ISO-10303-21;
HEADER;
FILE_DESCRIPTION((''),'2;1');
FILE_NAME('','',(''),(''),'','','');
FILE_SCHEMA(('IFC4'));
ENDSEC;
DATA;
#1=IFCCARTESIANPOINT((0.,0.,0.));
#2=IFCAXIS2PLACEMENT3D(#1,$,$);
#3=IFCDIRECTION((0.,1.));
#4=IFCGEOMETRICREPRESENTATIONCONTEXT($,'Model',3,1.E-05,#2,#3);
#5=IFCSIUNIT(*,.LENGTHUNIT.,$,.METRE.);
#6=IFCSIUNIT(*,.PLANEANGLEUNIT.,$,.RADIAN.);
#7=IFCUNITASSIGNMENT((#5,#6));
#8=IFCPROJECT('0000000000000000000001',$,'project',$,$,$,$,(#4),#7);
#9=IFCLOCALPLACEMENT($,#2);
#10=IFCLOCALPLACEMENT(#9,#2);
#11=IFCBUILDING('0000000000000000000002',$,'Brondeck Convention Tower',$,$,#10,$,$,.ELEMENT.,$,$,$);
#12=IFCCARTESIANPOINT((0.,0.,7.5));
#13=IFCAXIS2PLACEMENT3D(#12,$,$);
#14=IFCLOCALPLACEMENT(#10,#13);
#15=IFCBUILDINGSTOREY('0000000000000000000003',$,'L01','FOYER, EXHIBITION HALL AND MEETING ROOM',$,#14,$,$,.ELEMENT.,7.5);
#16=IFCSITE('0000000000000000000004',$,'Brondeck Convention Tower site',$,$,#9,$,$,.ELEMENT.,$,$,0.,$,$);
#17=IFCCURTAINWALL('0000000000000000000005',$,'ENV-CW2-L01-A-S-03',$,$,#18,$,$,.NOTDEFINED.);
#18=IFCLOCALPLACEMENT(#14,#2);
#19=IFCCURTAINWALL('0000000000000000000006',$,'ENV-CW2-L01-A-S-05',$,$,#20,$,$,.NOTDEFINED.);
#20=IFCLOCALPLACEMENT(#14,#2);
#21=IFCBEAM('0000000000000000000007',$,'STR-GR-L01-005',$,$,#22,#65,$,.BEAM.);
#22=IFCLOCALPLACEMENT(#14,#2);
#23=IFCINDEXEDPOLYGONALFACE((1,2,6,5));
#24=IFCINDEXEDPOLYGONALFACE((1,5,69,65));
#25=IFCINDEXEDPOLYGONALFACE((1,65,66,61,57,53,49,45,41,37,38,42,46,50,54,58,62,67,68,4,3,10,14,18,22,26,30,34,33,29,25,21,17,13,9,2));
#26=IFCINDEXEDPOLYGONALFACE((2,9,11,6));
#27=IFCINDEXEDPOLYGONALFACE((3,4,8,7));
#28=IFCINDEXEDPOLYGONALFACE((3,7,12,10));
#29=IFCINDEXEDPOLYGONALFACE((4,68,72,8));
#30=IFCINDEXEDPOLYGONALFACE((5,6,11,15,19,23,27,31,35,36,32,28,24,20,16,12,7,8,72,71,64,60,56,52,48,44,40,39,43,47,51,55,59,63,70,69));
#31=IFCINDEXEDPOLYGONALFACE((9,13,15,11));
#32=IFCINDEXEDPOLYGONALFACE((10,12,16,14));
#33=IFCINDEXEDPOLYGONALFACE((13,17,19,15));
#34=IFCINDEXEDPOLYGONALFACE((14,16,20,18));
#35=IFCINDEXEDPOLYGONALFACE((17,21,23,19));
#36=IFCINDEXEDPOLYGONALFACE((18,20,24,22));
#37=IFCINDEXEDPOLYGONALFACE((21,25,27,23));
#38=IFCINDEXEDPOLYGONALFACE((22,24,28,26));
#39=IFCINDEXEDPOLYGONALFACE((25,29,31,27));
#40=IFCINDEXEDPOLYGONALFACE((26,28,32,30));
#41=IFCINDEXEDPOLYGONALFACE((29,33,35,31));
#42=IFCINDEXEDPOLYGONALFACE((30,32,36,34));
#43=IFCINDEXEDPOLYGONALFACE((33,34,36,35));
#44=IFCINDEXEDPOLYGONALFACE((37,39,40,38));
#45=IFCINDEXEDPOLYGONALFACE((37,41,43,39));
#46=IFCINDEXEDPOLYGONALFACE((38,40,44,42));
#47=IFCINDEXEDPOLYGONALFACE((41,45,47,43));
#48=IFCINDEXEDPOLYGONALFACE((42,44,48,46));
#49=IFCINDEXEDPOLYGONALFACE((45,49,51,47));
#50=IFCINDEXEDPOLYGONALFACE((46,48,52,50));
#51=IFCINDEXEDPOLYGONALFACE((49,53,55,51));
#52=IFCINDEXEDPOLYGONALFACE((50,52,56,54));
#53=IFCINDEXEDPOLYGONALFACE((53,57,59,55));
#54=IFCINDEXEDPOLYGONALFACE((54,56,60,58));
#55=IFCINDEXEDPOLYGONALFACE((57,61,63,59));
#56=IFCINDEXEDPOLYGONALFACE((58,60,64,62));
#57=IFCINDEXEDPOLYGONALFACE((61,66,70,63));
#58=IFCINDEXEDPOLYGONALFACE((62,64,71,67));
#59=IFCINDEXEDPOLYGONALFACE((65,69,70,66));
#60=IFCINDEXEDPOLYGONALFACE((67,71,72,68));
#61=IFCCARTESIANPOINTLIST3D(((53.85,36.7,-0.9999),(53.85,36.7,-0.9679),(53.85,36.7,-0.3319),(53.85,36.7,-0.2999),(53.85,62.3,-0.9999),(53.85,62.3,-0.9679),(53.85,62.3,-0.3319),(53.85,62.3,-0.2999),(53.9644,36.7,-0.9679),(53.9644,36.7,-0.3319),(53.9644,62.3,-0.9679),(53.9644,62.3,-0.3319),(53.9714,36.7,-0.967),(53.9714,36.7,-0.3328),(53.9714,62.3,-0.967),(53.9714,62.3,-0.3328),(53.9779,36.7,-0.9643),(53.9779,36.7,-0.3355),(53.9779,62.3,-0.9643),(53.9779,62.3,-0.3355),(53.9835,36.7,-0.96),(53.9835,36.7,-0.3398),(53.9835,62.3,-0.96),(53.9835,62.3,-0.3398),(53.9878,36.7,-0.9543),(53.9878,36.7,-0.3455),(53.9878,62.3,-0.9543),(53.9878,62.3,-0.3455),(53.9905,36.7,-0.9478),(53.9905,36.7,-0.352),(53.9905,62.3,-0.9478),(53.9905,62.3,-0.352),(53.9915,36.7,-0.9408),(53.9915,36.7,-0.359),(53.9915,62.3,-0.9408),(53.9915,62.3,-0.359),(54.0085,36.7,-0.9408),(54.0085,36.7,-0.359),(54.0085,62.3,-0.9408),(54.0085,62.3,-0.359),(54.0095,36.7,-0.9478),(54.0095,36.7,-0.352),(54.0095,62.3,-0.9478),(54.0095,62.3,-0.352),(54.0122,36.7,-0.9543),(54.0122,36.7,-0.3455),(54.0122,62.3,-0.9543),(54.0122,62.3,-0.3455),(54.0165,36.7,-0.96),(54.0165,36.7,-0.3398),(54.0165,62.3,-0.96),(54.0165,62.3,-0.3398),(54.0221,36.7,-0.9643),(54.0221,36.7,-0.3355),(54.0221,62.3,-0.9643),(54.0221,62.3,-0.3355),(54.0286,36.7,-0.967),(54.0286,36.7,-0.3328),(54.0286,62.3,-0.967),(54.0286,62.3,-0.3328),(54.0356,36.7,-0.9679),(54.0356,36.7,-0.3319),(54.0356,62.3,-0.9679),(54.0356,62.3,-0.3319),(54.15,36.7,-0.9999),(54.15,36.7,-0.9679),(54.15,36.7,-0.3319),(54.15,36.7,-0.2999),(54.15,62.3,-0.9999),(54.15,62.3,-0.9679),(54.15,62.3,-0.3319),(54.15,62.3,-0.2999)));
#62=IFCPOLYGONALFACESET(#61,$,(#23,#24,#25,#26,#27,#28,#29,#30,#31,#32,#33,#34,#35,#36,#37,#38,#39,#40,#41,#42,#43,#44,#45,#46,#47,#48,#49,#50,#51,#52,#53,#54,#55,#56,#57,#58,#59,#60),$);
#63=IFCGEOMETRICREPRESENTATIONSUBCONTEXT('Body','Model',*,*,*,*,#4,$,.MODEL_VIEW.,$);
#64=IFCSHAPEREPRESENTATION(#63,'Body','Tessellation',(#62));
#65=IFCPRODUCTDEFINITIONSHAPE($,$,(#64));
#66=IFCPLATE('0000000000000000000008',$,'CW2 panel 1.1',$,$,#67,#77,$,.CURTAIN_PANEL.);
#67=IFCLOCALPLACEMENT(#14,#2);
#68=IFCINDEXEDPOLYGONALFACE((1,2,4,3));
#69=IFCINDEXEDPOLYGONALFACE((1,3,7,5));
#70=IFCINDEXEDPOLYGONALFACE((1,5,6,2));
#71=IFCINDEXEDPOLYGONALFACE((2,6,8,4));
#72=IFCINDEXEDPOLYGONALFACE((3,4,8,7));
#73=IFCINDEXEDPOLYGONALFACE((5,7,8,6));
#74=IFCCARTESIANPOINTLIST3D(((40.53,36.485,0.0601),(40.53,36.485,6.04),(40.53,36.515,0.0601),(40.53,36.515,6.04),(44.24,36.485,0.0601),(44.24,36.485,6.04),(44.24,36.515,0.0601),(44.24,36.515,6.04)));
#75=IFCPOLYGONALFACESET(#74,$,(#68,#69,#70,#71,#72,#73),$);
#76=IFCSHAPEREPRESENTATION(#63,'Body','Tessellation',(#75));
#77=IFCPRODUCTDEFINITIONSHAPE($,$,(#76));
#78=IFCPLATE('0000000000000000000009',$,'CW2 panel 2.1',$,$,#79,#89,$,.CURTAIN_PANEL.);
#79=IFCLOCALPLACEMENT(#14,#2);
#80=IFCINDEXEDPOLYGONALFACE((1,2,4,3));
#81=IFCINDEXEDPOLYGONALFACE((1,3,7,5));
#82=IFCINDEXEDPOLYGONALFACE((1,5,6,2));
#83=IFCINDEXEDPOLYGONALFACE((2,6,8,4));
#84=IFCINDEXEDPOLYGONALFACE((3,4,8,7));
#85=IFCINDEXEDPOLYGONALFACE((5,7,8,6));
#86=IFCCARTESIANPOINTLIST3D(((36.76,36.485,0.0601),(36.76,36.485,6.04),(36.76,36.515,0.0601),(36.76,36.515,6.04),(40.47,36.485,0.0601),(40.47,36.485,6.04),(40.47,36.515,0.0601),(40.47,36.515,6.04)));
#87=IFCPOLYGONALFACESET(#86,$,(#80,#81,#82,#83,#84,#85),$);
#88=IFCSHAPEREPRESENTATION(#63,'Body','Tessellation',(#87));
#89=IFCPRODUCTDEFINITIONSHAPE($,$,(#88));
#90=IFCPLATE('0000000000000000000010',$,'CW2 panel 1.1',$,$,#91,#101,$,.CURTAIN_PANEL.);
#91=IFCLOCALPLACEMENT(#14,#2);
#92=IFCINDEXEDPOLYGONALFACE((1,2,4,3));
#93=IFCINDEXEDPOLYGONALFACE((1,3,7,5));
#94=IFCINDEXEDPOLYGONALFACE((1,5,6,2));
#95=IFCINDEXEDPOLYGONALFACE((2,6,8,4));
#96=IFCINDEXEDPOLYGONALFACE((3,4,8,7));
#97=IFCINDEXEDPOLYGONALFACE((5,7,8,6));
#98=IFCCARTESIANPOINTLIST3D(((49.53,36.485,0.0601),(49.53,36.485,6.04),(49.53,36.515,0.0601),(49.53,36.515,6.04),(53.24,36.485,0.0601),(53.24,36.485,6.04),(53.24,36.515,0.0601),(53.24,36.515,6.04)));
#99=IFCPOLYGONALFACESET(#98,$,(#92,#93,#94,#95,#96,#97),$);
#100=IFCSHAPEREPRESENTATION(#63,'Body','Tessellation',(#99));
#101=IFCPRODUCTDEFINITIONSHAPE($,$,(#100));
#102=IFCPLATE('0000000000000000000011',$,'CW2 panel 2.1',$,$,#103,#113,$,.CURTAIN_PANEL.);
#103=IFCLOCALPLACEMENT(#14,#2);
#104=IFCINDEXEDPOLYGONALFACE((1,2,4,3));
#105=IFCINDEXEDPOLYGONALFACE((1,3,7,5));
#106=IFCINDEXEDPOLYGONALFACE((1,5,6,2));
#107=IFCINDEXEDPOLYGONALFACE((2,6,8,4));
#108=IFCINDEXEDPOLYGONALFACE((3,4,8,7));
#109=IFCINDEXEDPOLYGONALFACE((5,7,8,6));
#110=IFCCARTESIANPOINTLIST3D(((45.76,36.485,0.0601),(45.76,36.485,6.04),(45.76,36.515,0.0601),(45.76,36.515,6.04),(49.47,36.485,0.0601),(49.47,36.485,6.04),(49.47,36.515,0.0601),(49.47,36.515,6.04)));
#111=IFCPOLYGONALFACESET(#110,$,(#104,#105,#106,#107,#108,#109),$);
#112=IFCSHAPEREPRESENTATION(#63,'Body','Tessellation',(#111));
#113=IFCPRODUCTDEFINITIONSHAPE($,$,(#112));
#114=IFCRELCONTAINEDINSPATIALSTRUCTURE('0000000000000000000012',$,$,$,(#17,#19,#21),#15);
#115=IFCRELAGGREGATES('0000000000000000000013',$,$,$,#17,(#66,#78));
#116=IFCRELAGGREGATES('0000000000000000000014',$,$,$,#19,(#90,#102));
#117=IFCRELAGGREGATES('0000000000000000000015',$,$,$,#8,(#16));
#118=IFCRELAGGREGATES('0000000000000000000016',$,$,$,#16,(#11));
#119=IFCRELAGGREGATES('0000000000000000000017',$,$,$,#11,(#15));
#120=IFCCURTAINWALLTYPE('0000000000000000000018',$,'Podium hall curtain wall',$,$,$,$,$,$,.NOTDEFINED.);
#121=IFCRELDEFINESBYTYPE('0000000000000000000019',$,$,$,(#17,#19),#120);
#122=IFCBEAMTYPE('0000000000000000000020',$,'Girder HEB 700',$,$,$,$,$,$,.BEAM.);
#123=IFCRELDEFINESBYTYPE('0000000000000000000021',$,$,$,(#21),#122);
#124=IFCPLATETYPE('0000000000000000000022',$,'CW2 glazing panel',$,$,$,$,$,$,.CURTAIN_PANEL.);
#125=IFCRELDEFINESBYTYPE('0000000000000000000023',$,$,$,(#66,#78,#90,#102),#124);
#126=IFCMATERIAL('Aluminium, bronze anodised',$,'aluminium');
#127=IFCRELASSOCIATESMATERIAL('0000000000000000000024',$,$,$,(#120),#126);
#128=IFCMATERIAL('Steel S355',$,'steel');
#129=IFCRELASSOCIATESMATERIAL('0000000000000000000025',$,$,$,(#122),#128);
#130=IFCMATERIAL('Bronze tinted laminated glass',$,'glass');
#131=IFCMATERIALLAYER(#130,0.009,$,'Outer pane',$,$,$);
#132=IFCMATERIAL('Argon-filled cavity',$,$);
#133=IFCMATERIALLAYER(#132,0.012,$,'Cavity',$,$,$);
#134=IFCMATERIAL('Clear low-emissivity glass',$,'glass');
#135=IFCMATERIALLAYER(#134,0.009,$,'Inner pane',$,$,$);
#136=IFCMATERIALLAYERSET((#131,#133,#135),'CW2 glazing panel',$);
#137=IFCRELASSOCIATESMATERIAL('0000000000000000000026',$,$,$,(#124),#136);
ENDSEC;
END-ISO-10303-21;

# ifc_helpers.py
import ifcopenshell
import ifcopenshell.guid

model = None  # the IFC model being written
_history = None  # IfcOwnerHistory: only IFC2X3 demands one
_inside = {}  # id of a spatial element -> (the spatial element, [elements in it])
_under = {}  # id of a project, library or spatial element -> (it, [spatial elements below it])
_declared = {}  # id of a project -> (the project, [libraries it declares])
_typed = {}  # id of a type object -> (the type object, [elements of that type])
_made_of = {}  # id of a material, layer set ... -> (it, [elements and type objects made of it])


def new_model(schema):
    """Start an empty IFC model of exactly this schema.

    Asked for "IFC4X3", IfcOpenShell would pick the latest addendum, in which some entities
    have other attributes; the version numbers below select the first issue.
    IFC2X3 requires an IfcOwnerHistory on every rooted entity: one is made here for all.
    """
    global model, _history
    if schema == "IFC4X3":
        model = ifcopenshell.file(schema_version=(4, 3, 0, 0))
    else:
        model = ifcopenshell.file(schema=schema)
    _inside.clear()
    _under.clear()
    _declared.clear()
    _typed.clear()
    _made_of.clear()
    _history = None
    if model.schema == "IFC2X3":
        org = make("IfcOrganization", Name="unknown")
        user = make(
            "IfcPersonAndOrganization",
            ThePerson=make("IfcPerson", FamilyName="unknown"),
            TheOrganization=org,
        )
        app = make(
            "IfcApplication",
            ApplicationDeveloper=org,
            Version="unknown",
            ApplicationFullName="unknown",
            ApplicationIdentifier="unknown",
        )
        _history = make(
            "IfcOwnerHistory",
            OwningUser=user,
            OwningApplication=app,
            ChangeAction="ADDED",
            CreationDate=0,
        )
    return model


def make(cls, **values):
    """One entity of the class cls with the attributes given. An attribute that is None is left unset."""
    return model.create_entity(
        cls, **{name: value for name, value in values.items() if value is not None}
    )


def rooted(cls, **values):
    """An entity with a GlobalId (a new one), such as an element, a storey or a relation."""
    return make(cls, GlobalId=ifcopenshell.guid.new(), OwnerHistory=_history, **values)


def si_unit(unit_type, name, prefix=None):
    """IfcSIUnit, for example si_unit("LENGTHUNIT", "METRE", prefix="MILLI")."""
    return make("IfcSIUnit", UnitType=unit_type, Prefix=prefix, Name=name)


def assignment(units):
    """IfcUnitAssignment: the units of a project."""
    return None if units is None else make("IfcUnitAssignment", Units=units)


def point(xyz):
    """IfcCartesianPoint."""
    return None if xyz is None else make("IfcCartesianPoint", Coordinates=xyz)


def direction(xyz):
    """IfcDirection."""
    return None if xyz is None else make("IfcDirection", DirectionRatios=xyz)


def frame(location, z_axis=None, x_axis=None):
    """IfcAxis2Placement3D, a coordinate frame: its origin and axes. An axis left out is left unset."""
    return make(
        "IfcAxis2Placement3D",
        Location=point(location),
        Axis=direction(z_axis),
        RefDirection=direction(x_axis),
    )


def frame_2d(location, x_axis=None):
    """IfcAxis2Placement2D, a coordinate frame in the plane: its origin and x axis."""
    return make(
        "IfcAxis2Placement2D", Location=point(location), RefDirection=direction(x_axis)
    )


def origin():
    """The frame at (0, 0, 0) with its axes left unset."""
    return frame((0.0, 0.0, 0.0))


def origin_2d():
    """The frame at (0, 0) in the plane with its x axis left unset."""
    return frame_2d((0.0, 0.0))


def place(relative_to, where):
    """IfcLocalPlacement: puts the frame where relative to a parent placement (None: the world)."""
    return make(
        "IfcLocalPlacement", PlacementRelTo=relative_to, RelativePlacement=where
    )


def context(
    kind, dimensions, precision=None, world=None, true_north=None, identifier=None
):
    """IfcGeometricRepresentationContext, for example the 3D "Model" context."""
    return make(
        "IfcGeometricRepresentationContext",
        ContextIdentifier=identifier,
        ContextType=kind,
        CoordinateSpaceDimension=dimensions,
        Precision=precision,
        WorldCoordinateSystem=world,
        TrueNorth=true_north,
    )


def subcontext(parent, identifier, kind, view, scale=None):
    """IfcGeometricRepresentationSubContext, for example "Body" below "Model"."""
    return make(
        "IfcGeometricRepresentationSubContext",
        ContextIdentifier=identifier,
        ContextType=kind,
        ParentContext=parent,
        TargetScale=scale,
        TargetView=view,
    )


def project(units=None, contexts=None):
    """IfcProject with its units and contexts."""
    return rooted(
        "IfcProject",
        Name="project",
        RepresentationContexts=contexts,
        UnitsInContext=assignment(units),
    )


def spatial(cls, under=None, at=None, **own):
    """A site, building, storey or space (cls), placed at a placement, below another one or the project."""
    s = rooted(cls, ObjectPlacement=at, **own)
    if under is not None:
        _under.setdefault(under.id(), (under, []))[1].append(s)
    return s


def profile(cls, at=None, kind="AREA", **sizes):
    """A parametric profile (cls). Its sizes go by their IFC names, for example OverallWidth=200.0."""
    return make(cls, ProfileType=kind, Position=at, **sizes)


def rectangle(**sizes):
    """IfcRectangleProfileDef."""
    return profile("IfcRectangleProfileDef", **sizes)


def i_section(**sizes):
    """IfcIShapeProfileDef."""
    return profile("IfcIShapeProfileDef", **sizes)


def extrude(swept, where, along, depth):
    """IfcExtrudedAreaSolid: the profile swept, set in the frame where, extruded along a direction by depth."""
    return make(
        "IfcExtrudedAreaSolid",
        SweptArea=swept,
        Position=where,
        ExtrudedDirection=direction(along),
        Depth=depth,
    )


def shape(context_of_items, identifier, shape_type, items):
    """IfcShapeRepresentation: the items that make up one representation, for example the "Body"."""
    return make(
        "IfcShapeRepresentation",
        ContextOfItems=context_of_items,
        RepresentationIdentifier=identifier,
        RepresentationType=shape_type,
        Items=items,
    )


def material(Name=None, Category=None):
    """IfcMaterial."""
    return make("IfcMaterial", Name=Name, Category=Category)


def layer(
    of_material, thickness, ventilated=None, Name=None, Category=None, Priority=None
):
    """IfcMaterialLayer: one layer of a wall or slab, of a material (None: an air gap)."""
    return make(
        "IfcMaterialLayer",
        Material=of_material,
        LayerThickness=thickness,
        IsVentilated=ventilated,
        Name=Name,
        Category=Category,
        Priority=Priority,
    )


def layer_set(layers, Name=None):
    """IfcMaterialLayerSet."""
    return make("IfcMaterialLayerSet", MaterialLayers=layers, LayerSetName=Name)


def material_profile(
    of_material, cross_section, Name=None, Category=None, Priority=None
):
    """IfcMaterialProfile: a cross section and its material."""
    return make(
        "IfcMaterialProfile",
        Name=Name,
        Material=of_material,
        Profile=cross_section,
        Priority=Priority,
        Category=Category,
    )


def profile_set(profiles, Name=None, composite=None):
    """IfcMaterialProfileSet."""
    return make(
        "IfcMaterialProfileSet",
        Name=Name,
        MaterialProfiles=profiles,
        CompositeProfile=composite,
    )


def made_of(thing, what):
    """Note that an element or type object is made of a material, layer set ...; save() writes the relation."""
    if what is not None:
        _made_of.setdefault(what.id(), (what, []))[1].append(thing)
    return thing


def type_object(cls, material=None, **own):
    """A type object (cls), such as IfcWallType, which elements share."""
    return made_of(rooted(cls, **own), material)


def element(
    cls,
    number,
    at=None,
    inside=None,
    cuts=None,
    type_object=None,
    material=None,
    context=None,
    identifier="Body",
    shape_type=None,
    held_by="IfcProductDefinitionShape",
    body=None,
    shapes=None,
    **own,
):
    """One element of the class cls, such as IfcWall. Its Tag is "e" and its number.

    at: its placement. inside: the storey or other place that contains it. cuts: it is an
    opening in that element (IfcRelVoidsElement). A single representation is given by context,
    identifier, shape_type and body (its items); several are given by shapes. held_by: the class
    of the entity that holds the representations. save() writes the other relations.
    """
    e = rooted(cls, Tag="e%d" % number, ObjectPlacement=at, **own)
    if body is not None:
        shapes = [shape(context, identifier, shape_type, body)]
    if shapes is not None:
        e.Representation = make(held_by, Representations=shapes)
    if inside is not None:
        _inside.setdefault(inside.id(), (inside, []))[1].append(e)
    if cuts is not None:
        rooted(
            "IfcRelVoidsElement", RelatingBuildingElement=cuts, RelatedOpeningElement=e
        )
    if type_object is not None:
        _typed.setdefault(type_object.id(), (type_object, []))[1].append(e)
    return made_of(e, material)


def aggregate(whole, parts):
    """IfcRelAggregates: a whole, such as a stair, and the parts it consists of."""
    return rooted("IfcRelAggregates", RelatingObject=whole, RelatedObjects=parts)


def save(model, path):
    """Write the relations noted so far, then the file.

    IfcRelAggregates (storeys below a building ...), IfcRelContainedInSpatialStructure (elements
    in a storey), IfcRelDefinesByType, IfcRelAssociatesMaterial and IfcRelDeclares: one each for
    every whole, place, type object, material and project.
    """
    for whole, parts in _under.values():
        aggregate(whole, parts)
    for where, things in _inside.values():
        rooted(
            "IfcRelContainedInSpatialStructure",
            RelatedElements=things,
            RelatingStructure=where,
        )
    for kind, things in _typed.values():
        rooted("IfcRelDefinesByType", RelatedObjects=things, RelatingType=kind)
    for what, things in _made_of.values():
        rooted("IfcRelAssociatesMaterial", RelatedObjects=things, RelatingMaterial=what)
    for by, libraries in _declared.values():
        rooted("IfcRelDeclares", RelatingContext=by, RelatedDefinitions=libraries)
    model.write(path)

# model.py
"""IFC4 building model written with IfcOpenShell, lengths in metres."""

from ifc_helpers import new_model, si_unit, direction, frame, origin, origin_2d, place, context, subcontext, project, spatial, rectangle, i_section, extrude, material, layer, layer_set, material_profile, profile_set, type_object, element, aggregate, save


model = new_model("IFC4")

# Units and contexts
model_context = context("Model", 3, precision=1e-05, world=origin(), true_north=direction((0.0, 1.0)))
body_context = subcontext(model_context, "Body", "Model", "MODEL_VIEW")
ifc_project = project(units=[si_unit("LENGTHUNIT", "METRE"), si_unit("PLANEANGLEUNIT", "RADIAN")], contexts=[model_context])

# Site, building, storey
site_placement = place(None, origin())
site = spatial("IfcSite", under=ifc_project, at=site_placement, Name="Brondeck Convention Tower site", CompositionType="ELEMENT", RefElevation=0.0)
building_placement = place(site_placement, origin())
building = spatial("IfcBuilding", under=site, at=building_placement, Name="Brondeck Convention Tower", CompositionType="ELEMENT")
storey_placement = place(building_placement, frame((0.0, 0.0, 7.5)))
storey = spatial("IfcBuildingStorey", under=building, at=storey_placement, Name="L01", Description="FOYER, EXHIBITION HALL AND MEETING ROOM", CompositionType="ELEMENT", Elevation=7.5)

# Curtain walls
ifc_material_1 = material(Name="Aluminium, bronze anodised", Category="aluminium")
curtain_wall_type = type_object("IfcCurtainWallType", Name="Podium hall curtain wall", PredefinedType="NOTDEFINED", material=ifc_material_1)
curtain_wall_1_placement = place(storey_placement, origin())
curtain_wall_1 = element("IfcCurtainWall", 1, at=curtain_wall_1_placement, inside=storey, type_object=curtain_wall_type, Name="ENV-CW2-L01-A-S-03", PredefinedType="NOTDEFINED")
curtain_wall_2_placement = place(storey_placement, origin())
curtain_wall_2 = element("IfcCurtainWall", 2, at=curtain_wall_2_placement, inside=storey, type_object=curtain_wall_type, Name="ENV-CW2-L01-A-S-05", PredefinedType="NOTDEFINED")

# Beam
ifc_material_2 = material(Name="Steel S355", Category="steel")
ifc_material_profile_1 = material_profile(ifc_material_2, i_section(OverallWidth=0.3, OverallDepth=0.7, WebThickness=0.0171, FlangeThickness=0.032, FilletRadius=0.0271, at=origin_2d()), Name="HEB 700")
ifc_profile_set_1 = profile_set([ifc_material_profile_1], Name="Steel S355")
beam_type_1 = type_object("IfcBeamType", Name="Girder HEB 700", PredefinedType="BEAM", material=ifc_profile_set_1)
beam_1_placement = place(storey_placement, frame((54.0, 36.7, -0.6499), z_axis=(0.0, 1.0, 0.0), x_axis=(-1.0, 0.0, 0.0)))
element("IfcBeam", 3, at=beam_1_placement, inside=storey, type_object=beam_type_1, Name="STR-GR-L01-005", PredefinedType="BEAM", context=body_context, shape_type="SweptSolid", body=[
    extrude(i_section(OverallWidth=0.3, OverallDepth=0.7, WebThickness=0.0171, FlangeThickness=0.032, FilletRadius=0.0271, at=origin_2d()), origin(), (0.0, 0.0, 1.0), 25.6001),
])

# Plates
ifc_material_3 = material(Name="Bronze tinted laminated glass", Category="glass")
ifc_layer_1 = layer(ifc_material_3, 0.009, Name="Outer pane")
ifc_material_4 = material(Name="Argon-filled cavity")
ifc_layer_2 = layer(ifc_material_4, 0.012, Name="Cavity")
ifc_material_5 = material(Name="Clear low-emissivity glass", Category="glass")
ifc_layer_3 = layer(ifc_material_5, 0.009, Name="Inner pane")
ifc_layer_set = layer_set([ifc_layer_1, ifc_layer_2, ifc_layer_3], Name="CW2 glazing panel")
plate_type = type_object("IfcPlateType", Name="CW2 glazing panel", PredefinedType="CURTAIN_PANEL", material=ifc_layer_set)
plate_1_placement = place(storey_placement, frame((42.385, 36.5, 0.0601), z_axis=(0.0, 0.0, 1.0), x_axis=(-1.0, 0.0, 0.0)))
plate_1 = element("IfcPlate", 4, at=plate_1_placement, type_object=plate_type, Name="CW2 panel 1.1", PredefinedType="CURTAIN_PANEL", context=body_context, shape_type="SweptSolid", body=[
    extrude(rectangle(XDim=3.71, YDim=0.03, at=origin_2d()), origin(), (0.0, 0.0, 1.0), 5.98),
])
plate_2_placement = place(storey_placement, frame((38.615, 36.5, 0.0601), z_axis=(0.0, 0.0, 1.0), x_axis=(-1.0, 0.0, 0.0)))
plate_2 = element("IfcPlate", 5, at=plate_2_placement, type_object=plate_type, Name="CW2 panel 2.1", PredefinedType="CURTAIN_PANEL", context=body_context, shape_type="SweptSolid", body=[
    extrude(rectangle(XDim=3.71, YDim=0.03, at=origin_2d()), origin(), (0.0, 0.0, 1.0), 5.98),
])
aggregate(curtain_wall_1, [plate_1, plate_2])
plate_3_placement = place(storey_placement, frame((51.385, 36.5, 0.0601), z_axis=(0.0, 0.0, 1.0), x_axis=(-1.0, 0.0, 0.0)))
plate_3 = element("IfcPlate", 6, at=plate_3_placement, type_object=plate_type, Name="CW2 panel 1.1", PredefinedType="CURTAIN_PANEL", context=body_context, shape_type="SweptSolid", body=[
    extrude(rectangle(XDim=3.71, YDim=0.03, at=origin_2d()), origin(), (0.0, 0.0, 1.0), 5.98),
])
plate_4_placement = place(storey_placement, frame((47.615, 36.5, 0.0601), z_axis=(0.0, 0.0, 1.0), x_axis=(-1.0, 0.0, 0.0)))
plate_4 = element("IfcPlate", 7, at=plate_4_placement, type_object=plate_type, Name="CW2 panel 2.1", PredefinedType="CURTAIN_PANEL", context=body_context, shape_type="SweptSolid", body=[
    extrude(rectangle(XDim=3.71, YDim=0.03, at=origin_2d()), origin(), (0.0, 0.0, 1.0), 5.98),
])
aggregate(curtain_wall_2, [plate_3, plate_4])

save(model, "model.ifc")
